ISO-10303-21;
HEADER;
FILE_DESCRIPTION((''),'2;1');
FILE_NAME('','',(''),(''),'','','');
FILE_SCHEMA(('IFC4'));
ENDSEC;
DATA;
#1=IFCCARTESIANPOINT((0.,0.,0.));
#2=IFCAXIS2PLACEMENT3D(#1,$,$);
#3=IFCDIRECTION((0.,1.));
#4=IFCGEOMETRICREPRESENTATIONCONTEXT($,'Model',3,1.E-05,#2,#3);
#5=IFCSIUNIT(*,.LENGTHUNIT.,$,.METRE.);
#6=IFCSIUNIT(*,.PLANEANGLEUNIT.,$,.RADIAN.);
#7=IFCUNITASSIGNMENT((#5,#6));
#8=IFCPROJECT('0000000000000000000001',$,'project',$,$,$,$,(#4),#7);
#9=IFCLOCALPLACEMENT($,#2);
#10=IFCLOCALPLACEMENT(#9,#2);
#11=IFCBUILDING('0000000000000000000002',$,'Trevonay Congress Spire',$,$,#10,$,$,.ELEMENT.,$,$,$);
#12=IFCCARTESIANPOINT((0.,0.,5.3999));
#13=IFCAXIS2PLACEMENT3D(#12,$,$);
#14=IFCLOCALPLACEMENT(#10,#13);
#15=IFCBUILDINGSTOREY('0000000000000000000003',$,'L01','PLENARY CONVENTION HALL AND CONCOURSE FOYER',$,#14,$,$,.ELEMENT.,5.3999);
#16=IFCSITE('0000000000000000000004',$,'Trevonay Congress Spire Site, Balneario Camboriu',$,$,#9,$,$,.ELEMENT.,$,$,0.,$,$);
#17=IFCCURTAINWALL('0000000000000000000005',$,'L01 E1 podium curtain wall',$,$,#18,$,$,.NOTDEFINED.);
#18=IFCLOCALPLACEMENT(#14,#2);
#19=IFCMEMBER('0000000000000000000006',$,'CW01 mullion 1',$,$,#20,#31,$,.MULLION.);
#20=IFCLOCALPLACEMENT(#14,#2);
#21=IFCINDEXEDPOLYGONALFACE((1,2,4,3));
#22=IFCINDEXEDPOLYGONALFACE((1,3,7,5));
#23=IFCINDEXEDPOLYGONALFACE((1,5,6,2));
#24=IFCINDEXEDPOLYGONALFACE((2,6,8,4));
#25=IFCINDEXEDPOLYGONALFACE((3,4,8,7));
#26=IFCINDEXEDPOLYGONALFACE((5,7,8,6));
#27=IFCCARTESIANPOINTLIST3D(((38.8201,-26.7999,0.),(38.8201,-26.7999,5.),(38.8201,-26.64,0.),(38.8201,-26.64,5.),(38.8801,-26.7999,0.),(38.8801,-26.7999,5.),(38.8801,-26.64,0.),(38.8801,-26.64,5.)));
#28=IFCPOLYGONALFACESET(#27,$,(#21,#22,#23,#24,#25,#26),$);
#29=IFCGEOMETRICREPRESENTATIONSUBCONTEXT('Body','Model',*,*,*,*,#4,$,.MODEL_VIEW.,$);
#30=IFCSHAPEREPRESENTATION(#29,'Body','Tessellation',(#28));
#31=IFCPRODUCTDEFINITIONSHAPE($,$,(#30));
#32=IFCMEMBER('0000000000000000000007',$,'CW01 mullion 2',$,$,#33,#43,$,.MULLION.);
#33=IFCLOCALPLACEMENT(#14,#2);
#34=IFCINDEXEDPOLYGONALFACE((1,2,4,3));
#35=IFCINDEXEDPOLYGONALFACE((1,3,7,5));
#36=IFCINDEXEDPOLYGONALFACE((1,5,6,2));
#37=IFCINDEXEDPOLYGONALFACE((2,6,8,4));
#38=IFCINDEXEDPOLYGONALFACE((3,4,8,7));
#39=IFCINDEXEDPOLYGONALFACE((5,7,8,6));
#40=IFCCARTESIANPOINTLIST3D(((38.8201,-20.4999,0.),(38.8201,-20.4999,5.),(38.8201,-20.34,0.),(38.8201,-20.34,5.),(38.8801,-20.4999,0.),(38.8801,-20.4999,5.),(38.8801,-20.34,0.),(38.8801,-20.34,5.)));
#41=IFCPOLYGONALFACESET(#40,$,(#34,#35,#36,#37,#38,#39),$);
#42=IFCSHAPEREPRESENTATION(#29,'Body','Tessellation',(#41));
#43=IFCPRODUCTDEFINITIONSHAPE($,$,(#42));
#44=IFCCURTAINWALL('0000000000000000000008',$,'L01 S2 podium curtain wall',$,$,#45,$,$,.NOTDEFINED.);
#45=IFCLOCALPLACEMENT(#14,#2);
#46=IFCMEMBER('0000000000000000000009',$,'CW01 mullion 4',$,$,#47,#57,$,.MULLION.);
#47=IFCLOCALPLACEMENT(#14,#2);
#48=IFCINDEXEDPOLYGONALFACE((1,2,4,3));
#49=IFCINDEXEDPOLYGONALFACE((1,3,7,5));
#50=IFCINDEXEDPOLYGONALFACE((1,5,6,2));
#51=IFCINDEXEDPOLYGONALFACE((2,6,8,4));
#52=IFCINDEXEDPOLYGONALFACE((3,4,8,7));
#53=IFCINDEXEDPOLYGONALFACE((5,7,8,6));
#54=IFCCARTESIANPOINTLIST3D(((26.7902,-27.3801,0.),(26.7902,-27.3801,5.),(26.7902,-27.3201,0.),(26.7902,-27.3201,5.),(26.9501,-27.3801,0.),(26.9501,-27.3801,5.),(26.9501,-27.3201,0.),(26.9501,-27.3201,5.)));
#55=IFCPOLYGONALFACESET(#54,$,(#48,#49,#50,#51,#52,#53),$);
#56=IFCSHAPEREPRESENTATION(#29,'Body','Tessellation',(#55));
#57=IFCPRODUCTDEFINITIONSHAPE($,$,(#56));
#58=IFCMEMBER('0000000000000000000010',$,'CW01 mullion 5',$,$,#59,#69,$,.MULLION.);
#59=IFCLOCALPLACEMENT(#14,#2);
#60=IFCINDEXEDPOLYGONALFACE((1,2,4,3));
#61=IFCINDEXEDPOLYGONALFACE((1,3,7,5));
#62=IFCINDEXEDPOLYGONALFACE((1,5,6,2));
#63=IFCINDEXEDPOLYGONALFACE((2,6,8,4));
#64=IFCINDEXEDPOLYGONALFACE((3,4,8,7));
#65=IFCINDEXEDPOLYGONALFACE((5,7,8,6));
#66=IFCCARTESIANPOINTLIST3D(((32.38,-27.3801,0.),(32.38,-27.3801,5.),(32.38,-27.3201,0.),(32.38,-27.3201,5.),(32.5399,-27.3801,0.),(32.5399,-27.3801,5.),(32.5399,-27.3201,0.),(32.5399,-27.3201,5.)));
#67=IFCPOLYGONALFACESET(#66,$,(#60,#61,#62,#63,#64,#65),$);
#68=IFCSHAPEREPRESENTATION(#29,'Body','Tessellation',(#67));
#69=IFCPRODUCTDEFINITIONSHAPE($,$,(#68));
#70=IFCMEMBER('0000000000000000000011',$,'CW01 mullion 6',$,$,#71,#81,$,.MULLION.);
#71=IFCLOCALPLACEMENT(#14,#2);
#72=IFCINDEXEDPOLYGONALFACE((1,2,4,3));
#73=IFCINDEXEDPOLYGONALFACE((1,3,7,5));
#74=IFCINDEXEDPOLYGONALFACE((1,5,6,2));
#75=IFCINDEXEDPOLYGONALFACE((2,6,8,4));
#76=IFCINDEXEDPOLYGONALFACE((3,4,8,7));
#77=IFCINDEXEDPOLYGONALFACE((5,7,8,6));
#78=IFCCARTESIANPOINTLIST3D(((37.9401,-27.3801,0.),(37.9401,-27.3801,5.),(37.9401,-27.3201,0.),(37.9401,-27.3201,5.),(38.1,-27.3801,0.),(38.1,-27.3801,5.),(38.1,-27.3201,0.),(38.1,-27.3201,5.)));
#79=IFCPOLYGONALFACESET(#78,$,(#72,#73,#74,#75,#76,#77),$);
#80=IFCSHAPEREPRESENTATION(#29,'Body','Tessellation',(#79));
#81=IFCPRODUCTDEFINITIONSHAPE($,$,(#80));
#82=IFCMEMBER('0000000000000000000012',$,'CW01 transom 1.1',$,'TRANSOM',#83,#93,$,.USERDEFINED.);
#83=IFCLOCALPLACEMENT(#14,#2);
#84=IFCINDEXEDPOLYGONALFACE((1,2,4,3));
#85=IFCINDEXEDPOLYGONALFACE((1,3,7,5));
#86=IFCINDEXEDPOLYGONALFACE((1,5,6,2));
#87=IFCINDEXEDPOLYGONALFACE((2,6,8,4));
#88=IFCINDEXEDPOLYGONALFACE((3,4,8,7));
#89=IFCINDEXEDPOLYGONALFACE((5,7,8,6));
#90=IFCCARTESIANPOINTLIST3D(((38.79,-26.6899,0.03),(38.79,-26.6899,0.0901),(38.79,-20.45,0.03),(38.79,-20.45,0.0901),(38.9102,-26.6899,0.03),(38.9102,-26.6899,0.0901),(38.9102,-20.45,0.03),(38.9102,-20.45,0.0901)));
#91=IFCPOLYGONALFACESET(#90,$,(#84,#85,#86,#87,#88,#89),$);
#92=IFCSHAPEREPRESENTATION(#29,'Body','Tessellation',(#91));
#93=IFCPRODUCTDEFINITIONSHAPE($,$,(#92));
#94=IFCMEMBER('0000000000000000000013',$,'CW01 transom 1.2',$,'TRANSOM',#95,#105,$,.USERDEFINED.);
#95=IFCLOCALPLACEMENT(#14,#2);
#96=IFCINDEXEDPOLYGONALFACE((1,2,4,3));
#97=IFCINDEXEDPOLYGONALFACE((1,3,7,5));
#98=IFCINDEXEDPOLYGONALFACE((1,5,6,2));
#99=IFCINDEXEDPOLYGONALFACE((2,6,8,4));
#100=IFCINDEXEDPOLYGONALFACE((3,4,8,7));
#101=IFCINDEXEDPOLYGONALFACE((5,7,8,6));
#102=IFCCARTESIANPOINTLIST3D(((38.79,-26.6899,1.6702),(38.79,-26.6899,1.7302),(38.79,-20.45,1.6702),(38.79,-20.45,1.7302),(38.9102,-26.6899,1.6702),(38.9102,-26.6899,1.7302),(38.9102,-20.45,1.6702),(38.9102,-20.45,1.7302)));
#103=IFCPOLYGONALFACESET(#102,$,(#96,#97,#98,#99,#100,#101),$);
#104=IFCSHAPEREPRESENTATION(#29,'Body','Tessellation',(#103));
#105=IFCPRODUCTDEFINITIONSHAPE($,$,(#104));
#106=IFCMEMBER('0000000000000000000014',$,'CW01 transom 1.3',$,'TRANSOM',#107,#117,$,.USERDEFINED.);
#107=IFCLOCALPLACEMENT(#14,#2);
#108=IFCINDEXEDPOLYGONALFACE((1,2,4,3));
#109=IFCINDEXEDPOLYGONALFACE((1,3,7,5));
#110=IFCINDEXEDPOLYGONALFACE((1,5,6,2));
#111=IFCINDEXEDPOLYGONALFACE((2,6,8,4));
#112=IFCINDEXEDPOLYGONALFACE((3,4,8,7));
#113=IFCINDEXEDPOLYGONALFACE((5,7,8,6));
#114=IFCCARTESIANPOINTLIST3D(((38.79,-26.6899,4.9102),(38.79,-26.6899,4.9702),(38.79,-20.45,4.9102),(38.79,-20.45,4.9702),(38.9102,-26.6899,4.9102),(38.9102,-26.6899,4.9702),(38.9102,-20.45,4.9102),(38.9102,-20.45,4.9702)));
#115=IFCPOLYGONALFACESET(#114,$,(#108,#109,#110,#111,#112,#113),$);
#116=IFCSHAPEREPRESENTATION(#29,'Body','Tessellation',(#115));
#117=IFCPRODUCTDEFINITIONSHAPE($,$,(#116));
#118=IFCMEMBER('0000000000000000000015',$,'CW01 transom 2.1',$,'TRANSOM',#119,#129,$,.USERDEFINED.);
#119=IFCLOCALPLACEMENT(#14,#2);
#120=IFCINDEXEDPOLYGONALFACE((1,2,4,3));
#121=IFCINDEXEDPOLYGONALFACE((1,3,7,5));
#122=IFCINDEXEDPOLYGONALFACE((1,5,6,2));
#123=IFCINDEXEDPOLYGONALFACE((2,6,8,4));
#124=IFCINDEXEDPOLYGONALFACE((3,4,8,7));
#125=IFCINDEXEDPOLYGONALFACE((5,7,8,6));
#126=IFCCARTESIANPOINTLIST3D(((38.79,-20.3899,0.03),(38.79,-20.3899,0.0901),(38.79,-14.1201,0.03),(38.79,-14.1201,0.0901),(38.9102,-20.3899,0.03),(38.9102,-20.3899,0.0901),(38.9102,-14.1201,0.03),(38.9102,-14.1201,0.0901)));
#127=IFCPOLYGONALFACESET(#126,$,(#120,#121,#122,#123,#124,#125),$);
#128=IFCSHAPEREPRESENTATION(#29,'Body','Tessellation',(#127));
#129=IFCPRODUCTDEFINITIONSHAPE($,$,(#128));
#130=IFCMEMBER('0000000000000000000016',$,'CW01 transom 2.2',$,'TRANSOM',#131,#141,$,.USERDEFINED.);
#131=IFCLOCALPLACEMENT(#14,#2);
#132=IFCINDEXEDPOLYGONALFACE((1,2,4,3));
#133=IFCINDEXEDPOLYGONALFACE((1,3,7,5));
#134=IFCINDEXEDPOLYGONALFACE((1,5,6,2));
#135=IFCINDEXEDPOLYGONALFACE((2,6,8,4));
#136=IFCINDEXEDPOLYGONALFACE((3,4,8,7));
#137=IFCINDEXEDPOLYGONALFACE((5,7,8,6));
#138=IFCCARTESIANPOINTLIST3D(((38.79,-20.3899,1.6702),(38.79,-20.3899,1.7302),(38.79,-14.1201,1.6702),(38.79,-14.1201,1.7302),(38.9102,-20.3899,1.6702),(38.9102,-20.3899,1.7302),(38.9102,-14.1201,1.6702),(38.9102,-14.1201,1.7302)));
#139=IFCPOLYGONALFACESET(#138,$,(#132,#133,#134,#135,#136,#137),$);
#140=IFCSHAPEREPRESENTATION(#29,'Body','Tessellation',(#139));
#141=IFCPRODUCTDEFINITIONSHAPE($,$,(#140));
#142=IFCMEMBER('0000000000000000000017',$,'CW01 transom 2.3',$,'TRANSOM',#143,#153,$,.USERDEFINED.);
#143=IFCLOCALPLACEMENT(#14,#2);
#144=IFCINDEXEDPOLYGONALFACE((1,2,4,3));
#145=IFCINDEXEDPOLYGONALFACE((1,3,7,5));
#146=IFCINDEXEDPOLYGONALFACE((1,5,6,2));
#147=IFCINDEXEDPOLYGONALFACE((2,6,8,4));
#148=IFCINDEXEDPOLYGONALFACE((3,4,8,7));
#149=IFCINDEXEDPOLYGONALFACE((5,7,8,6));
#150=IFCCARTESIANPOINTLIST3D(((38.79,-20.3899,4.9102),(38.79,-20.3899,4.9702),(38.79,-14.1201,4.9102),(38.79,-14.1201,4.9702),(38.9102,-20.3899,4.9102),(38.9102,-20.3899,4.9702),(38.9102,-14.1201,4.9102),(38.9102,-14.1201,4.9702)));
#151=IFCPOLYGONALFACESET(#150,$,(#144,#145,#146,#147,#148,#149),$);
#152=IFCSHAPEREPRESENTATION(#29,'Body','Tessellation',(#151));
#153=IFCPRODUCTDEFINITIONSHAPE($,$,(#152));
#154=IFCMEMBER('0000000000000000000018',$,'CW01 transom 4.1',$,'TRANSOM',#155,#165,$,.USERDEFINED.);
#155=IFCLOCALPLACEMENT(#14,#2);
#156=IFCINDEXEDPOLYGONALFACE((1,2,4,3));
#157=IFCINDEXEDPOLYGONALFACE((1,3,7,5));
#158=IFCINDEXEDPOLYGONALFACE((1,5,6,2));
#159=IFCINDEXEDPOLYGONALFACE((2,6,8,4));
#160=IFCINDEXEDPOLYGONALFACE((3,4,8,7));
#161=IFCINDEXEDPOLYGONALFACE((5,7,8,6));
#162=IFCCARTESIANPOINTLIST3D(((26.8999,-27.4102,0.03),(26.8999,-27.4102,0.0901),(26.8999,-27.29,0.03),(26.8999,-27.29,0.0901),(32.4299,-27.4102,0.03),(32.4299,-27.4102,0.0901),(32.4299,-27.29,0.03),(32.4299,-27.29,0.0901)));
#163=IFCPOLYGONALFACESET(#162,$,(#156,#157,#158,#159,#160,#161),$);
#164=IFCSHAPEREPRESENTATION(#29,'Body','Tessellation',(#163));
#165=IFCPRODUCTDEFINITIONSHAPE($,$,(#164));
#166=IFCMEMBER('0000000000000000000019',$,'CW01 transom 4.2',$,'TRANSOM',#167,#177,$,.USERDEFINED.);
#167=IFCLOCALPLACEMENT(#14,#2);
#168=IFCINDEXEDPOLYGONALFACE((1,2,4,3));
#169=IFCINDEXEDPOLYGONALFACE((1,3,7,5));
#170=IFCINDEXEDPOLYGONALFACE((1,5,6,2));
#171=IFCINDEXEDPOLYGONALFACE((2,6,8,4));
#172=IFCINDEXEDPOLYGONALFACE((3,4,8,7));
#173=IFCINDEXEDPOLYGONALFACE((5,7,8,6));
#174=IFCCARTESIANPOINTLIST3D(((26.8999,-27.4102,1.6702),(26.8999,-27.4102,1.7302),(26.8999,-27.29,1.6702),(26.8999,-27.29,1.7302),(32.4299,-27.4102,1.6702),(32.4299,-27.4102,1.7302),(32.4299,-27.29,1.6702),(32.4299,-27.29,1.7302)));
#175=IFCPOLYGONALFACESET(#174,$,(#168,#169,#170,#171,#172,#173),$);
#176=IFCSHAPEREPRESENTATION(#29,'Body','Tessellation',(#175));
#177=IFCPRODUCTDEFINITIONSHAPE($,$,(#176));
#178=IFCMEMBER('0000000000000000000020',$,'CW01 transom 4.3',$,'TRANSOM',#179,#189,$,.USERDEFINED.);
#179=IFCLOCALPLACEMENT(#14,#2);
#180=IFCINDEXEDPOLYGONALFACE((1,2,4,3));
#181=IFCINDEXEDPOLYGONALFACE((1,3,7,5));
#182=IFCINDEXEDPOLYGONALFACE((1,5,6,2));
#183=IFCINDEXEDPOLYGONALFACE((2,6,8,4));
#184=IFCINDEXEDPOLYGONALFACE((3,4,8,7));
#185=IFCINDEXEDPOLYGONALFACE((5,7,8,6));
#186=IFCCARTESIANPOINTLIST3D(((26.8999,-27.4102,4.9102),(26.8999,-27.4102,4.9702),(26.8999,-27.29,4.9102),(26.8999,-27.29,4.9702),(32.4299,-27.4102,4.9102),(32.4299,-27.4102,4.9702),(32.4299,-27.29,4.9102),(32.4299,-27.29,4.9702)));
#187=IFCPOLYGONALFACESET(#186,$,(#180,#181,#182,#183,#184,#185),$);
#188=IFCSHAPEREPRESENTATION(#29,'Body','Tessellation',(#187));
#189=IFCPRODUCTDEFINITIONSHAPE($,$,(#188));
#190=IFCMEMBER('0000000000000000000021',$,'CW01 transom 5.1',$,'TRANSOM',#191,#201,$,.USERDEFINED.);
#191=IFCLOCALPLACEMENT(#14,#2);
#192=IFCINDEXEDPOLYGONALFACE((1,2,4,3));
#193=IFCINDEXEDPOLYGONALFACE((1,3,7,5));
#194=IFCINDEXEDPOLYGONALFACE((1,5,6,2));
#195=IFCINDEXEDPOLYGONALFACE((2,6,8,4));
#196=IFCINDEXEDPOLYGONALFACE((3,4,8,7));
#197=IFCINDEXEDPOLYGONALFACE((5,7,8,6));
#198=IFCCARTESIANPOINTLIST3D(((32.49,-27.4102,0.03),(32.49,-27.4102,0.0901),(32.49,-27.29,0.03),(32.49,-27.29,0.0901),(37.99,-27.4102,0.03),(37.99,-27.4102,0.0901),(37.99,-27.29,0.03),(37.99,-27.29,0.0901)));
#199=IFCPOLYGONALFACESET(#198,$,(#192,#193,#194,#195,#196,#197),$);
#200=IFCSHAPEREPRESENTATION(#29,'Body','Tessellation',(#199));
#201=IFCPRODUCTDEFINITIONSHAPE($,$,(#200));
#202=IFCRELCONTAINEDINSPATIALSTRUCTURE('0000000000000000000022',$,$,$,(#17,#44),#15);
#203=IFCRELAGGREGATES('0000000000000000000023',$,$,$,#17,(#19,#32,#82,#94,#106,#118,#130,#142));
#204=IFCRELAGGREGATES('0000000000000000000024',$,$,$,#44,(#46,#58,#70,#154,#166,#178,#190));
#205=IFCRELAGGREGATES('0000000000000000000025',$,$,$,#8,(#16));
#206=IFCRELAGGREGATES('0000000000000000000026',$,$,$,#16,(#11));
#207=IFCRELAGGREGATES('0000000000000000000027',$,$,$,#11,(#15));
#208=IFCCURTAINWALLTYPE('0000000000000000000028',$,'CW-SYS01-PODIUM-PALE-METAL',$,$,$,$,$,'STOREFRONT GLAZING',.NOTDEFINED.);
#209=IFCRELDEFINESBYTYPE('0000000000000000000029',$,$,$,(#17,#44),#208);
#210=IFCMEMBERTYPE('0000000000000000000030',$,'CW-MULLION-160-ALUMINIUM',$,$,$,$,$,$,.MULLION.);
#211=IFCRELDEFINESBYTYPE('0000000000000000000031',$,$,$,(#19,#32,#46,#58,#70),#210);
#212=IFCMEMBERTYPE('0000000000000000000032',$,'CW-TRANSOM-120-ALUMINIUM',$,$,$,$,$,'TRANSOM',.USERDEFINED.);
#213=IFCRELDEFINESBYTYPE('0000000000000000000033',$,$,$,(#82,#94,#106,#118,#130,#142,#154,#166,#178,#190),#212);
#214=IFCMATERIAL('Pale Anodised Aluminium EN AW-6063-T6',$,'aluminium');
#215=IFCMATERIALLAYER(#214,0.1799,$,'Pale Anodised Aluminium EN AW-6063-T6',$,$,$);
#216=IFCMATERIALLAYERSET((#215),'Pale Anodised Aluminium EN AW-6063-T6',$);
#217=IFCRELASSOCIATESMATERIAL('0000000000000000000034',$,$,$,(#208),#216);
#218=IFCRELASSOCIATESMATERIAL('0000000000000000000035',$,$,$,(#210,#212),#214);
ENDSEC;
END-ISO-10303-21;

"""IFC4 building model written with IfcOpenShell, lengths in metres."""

from ifc_helpers import new_model, si_unit, direction, frame, origin, origin_2d, place, context, subcontext, project, spatial, rectangle, extrude, material, layer, layer_set, material_profile, profile_set, type_object, element, aggregate, save


model = new_model("IFC4")

# Units and contexts
model_context = context("Model", 3, precision=1e-05, world=origin(), true_north=direction((0.0, 1.0)))
body_context = subcontext(model_context, "Body", "Model", "MODEL_VIEW")
ifc_project = project(units=[si_unit("LENGTHUNIT", "METRE"), si_unit("PLANEANGLEUNIT", "RADIAN")], contexts=[model_context])

# Site, building, storey
site_placement = place(None, origin())
site = spatial("IfcSite", under=ifc_project, at=site_placement, Name="Trevonay Congress Spire Site, Balneario Camboriu", CompositionType="ELEMENT", RefElevation=0.0)
building_placement = place(site_placement, origin())
building = spatial("IfcBuilding", under=site, at=building_placement, Name="Trevonay Congress Spire", CompositionType="ELEMENT")
storey_placement = place(building_placement, frame((0.0, 0.0, 5.3999)))
storey = spatial("IfcBuildingStorey", under=building, at=storey_placement, Name="L01", Description="PLENARY CONVENTION HALL AND CONCOURSE FOYER", CompositionType="ELEMENT", Elevation=5.3999)

# Curtain walls, members
ifc_material_1 = material(Name="Pale Anodised Aluminium EN AW-6063-T6", Category="aluminium")
ifc_layer_1 = layer(ifc_material_1, 0.1799, Name="Pale Anodised Aluminium EN AW-6063-T6")
ifc_layer_set_1 = layer_set([ifc_layer_1], Name="Pale Anodised Aluminium EN AW-6063-T6")
curtain_wall_type = type_object("IfcCurtainWallType", Name="CW-SYS01-PODIUM-PALE-METAL", ElementType="STOREFRONT GLAZING", PredefinedType="NOTDEFINED", material=ifc_layer_set_1)
curtain_wall_1_placement = place(storey_placement, origin())
curtain_wall_1 = element("IfcCurtainWall", 1, at=curtain_wall_1_placement, inside=storey, type_object=curtain_wall_type, Name="L01 E1 podium curtain wall", PredefinedType="NOTDEFINED")
ifc_material_profile_1 = material_profile(ifc_material_1, rectangle(XDim=0.0601, YDim=0.1599, at=origin_2d()), Name="CW-MULLION-160-ALUMINIUM")
ifc_profile_set_1 = profile_set([ifc_material_profile_1], Name="Pale Anodised Aluminium EN AW-6063-T6")
member_type_1 = type_object("IfcMemberType", Name="CW-MULLION-160-ALUMINIUM", PredefinedType="MULLION", material=ifc_profile_set_1)
member_1_placement = place(storey_placement, frame((38.8501, -26.72, 0.0), z_axis=(0.0, 0.0, 1.0), x_axis=(-1.0, 0.0, 0.0)))
member_1 = element("IfcMember", 2, at=member_1_placement, type_object=member_type_1, Name="CW01 mullion 1", PredefinedType="MULLION", context=body_context, shape_type="SweptSolid", body=[
    extrude(rectangle(XDim=0.0601, YDim=0.1599, at=origin_2d()), origin(), (0.0, 0.0, 1.0), 5.0),
])
member_2_placement = place(storey_placement, frame((38.8501, -20.4199, 0.0), z_axis=(0.0, 0.0, 1.0), x_axis=(-1.0, 0.0, 0.0)))
member_2 = element("IfcMember", 3, at=member_2_placement, type_object=member_type_1, Name="CW01 mullion 2", PredefinedType="MULLION", context=body_context, shape_type="SweptSolid", body=[
    extrude(rectangle(XDim=0.0601, YDim=0.1599, at=origin_2d()), origin(), (0.0, 0.0, 1.0), 5.0),
])
curtain_wall_2_placement = place(storey_placement, origin())
curtain_wall_2 = element("IfcCurtainWall", 4, at=curtain_wall_2_placement, inside=storey, type_object=curtain_wall_type, Name="L01 S2 podium curtain wall", PredefinedType="NOTDEFINED")
member_3_placement = place(storey_placement, frame((26.8701, -27.3501, 0.0), z_axis=(0.0, 0.0, 1.0), x_axis=(0.0, 1.0, 0.0)))
member_3 = element("IfcMember", 5, at=member_3_placement, type_object=member_type_1, Name="CW01 mullion 4", PredefinedType="MULLION", context=body_context, shape_type="SweptSolid", body=[
    extrude(rectangle(XDim=0.0601, YDim=0.1599, at=origin_2d()), origin(), (0.0, 0.0, 1.0), 5.0),
])
member_4_placement = place(storey_placement, frame((32.46, -27.3501, 0.0), z_axis=(0.0, 0.0, 1.0), x_axis=(0.0, 1.0, 0.0)))
member_4 = element("IfcMember", 6, at=member_4_placement, type_object=member_type_1, Name="CW01 mullion 5", PredefinedType="MULLION", context=body_context, shape_type="SweptSolid", body=[
    extrude(rectangle(XDim=0.0601, YDim=0.1599, at=origin_2d()), origin(), (0.0, 0.0, 1.0), 5.0),
])
member_5_placement = place(storey_placement, frame((38.02, -27.3501, 0.0), z_axis=(0.0, 0.0, 1.0), x_axis=(0.0, 1.0, 0.0)))
member_5 = element("IfcMember", 7, at=member_5_placement, type_object=member_type_1, Name="CW01 mullion 6", PredefinedType="MULLION", context=body_context, shape_type="SweptSolid", body=[
    extrude(rectangle(XDim=0.0601, YDim=0.1599, at=origin_2d()), origin(), (0.0, 0.0, 1.0), 5.0),
])

# Members
ifc_material_profile_2 = material_profile(ifc_material_1, rectangle(XDim=0.1201, YDim=0.0601, at=origin_2d()), Name="CW-TRANSOM-120-ALUMINIUM")
ifc_profile_set_2 = profile_set([ifc_material_profile_2], Name="Pale Anodised Aluminium EN AW-6063-T6")
member_type_2 = type_object("IfcMemberType", Name="CW-TRANSOM-120-ALUMINIUM", ElementType="TRANSOM", PredefinedType="USERDEFINED", material=ifc_profile_set_2)
member_6_placement = place(storey_placement, frame((38.8501, -26.6899, 0.0601), z_axis=(0.0, 1.0, 0.0), x_axis=(-1.0, 0.0, 0.0)))
member_6 = element("IfcMember", 8, at=member_6_placement, type_object=member_type_2, Name="CW01 transom 1.1", ObjectType="TRANSOM", PredefinedType="USERDEFINED", context=body_context, shape_type="SweptSolid", body=[
    extrude(rectangle(XDim=0.1201, YDim=0.0601, at=origin_2d()), origin(), (0.0, 0.0, 1.0), 6.24),
])
member_7_placement = place(storey_placement, frame((38.8501, -26.6899, 1.7002), z_axis=(0.0, 1.0, 0.0), x_axis=(-1.0, 0.0, 0.0)))
member_7 = element("IfcMember", 9, at=member_7_placement, type_object=member_type_2, Name="CW01 transom 1.2", ObjectType="TRANSOM", PredefinedType="USERDEFINED", context=body_context, shape_type="SweptSolid", body=[
    extrude(rectangle(XDim=0.1201, YDim=0.0601, at=origin_2d()), origin(), (0.0, 0.0, 1.0), 6.24),
])
member_8_placement = place(storey_placement, frame((38.8501, -26.6899, 4.9402), z_axis=(0.0, 1.0, 0.0), x_axis=(-1.0, 0.0, 0.0)))
member_8 = element("IfcMember", 10, at=member_8_placement, type_object=member_type_2, Name="CW01 transom 1.3", ObjectType="TRANSOM", PredefinedType="USERDEFINED", context=body_context, shape_type="SweptSolid", body=[
    extrude(rectangle(XDim=0.1201, YDim=0.0601, at=origin_2d()), origin(), (0.0, 0.0, 1.0), 6.24),
])
member_9_placement = place(storey_placement, frame((38.8501, -20.3899, 0.0601), z_axis=(0.0, 1.0, 0.0), x_axis=(-1.0, 0.0, 0.0)))
member_9 = element("IfcMember", 11, at=member_9_placement, type_object=member_type_2, Name="CW01 transom 2.1", ObjectType="TRANSOM", PredefinedType="USERDEFINED", context=body_context, shape_type="SweptSolid", body=[
    extrude(rectangle(XDim=0.1201, YDim=0.0601, at=origin_2d()), origin(), (0.0, 0.0, 1.0), 6.2698),
])
member_10_placement = place(storey_placement, frame((38.8501, -20.3899, 1.7002), z_axis=(0.0, 1.0, 0.0), x_axis=(-1.0, 0.0, 0.0)))
member_10 = element("IfcMember", 12, at=member_10_placement, type_object=member_type_2, Name="CW01 transom 2.2", ObjectType="TRANSOM", PredefinedType="USERDEFINED", context=body_context, shape_type="SweptSolid", body=[
    extrude(rectangle(XDim=0.1201, YDim=0.0601, at=origin_2d()), origin(), (0.0, 0.0, 1.0), 6.2698),
])
member_11_placement = place(storey_placement, frame((38.8501, -20.3899, 4.9402), z_axis=(0.0, 1.0, 0.0), x_axis=(-1.0, 0.0, 0.0)))
member_11 = element("IfcMember", 13, at=member_11_placement, type_object=member_type_2, Name="CW01 transom 2.3", ObjectType="TRANSOM", PredefinedType="USERDEFINED", context=body_context, shape_type="SweptSolid", body=[
    extrude(rectangle(XDim=0.1201, YDim=0.0601, at=origin_2d()), origin(), (0.0, 0.0, 1.0), 6.2698),
])
member_12_placement = place(storey_placement, frame((26.8999, -27.3501, 0.0601), z_axis=(1.0, 0.0, 0.0), x_axis=(0.0, 1.0, 0.0)))
member_12 = element("IfcMember", 14, at=member_12_placement, type_object=member_type_2, Name="CW01 transom 4.1", ObjectType="TRANSOM", PredefinedType="USERDEFINED", context=body_context, shape_type="SweptSolid", body=[
    extrude(rectangle(XDim=0.1201, YDim=0.0601, at=origin_2d()), origin(), (0.0, 0.0, 1.0), 5.53),
])
member_13_placement = place(storey_placement, frame((26.8999, -27.3501, 1.7002), z_axis=(1.0, 0.0, 0.0), x_axis=(0.0, 1.0, 0.0)))
member_13 = element("IfcMember", 15, at=member_13_placement, type_object=member_type_2, Name="CW01 transom 4.2", ObjectType="TRANSOM", PredefinedType="USERDEFINED", context=body_context, shape_type="SweptSolid", body=[
    extrude(rectangle(XDim=0.1201, YDim=0.0601, at=origin_2d()), origin(), (0.0, 0.0, 1.0), 5.53),
])
member_14_placement = place(storey_placement, frame((26.8999, -27.3501, 4.9402), z_axis=(1.0, 0.0, 0.0), x_axis=(0.0, 1.0, 0.0)))
member_14 = element("IfcMember", 16, at=member_14_placement, type_object=member_type_2, Name="CW01 transom 4.3", ObjectType="TRANSOM", PredefinedType="USERDEFINED", context=body_context, shape_type="SweptSolid", body=[
    extrude(rectangle(XDim=0.1201, YDim=0.0601, at=origin_2d()), origin(), (0.0, 0.0, 1.0), 5.53),
])
member_15_placement = place(storey_placement, frame((32.49, -27.3501, 0.0601), z_axis=(1.0, 0.0, 0.0), x_axis=(0.0, 1.0, 0.0)))
member_15 = element("IfcMember", 17, at=member_15_placement, type_object=member_type_2, Name="CW01 transom 5.1", ObjectType="TRANSOM", PredefinedType="USERDEFINED", context=body_context, shape_type="SweptSolid", body=[
    extrude(rectangle(XDim=0.1201, YDim=0.0601, at=origin_2d()), origin(), (0.0, 0.0, 1.0), 5.5),
])

aggregate(curtain_wall_1, [member_1, member_2, member_6, member_7, member_8, member_9, member_10, member_11])
aggregate(curtain_wall_2, [member_3, member_4, member_5, member_12, member_13, member_14, member_15])

save(model, "model.ifc")
